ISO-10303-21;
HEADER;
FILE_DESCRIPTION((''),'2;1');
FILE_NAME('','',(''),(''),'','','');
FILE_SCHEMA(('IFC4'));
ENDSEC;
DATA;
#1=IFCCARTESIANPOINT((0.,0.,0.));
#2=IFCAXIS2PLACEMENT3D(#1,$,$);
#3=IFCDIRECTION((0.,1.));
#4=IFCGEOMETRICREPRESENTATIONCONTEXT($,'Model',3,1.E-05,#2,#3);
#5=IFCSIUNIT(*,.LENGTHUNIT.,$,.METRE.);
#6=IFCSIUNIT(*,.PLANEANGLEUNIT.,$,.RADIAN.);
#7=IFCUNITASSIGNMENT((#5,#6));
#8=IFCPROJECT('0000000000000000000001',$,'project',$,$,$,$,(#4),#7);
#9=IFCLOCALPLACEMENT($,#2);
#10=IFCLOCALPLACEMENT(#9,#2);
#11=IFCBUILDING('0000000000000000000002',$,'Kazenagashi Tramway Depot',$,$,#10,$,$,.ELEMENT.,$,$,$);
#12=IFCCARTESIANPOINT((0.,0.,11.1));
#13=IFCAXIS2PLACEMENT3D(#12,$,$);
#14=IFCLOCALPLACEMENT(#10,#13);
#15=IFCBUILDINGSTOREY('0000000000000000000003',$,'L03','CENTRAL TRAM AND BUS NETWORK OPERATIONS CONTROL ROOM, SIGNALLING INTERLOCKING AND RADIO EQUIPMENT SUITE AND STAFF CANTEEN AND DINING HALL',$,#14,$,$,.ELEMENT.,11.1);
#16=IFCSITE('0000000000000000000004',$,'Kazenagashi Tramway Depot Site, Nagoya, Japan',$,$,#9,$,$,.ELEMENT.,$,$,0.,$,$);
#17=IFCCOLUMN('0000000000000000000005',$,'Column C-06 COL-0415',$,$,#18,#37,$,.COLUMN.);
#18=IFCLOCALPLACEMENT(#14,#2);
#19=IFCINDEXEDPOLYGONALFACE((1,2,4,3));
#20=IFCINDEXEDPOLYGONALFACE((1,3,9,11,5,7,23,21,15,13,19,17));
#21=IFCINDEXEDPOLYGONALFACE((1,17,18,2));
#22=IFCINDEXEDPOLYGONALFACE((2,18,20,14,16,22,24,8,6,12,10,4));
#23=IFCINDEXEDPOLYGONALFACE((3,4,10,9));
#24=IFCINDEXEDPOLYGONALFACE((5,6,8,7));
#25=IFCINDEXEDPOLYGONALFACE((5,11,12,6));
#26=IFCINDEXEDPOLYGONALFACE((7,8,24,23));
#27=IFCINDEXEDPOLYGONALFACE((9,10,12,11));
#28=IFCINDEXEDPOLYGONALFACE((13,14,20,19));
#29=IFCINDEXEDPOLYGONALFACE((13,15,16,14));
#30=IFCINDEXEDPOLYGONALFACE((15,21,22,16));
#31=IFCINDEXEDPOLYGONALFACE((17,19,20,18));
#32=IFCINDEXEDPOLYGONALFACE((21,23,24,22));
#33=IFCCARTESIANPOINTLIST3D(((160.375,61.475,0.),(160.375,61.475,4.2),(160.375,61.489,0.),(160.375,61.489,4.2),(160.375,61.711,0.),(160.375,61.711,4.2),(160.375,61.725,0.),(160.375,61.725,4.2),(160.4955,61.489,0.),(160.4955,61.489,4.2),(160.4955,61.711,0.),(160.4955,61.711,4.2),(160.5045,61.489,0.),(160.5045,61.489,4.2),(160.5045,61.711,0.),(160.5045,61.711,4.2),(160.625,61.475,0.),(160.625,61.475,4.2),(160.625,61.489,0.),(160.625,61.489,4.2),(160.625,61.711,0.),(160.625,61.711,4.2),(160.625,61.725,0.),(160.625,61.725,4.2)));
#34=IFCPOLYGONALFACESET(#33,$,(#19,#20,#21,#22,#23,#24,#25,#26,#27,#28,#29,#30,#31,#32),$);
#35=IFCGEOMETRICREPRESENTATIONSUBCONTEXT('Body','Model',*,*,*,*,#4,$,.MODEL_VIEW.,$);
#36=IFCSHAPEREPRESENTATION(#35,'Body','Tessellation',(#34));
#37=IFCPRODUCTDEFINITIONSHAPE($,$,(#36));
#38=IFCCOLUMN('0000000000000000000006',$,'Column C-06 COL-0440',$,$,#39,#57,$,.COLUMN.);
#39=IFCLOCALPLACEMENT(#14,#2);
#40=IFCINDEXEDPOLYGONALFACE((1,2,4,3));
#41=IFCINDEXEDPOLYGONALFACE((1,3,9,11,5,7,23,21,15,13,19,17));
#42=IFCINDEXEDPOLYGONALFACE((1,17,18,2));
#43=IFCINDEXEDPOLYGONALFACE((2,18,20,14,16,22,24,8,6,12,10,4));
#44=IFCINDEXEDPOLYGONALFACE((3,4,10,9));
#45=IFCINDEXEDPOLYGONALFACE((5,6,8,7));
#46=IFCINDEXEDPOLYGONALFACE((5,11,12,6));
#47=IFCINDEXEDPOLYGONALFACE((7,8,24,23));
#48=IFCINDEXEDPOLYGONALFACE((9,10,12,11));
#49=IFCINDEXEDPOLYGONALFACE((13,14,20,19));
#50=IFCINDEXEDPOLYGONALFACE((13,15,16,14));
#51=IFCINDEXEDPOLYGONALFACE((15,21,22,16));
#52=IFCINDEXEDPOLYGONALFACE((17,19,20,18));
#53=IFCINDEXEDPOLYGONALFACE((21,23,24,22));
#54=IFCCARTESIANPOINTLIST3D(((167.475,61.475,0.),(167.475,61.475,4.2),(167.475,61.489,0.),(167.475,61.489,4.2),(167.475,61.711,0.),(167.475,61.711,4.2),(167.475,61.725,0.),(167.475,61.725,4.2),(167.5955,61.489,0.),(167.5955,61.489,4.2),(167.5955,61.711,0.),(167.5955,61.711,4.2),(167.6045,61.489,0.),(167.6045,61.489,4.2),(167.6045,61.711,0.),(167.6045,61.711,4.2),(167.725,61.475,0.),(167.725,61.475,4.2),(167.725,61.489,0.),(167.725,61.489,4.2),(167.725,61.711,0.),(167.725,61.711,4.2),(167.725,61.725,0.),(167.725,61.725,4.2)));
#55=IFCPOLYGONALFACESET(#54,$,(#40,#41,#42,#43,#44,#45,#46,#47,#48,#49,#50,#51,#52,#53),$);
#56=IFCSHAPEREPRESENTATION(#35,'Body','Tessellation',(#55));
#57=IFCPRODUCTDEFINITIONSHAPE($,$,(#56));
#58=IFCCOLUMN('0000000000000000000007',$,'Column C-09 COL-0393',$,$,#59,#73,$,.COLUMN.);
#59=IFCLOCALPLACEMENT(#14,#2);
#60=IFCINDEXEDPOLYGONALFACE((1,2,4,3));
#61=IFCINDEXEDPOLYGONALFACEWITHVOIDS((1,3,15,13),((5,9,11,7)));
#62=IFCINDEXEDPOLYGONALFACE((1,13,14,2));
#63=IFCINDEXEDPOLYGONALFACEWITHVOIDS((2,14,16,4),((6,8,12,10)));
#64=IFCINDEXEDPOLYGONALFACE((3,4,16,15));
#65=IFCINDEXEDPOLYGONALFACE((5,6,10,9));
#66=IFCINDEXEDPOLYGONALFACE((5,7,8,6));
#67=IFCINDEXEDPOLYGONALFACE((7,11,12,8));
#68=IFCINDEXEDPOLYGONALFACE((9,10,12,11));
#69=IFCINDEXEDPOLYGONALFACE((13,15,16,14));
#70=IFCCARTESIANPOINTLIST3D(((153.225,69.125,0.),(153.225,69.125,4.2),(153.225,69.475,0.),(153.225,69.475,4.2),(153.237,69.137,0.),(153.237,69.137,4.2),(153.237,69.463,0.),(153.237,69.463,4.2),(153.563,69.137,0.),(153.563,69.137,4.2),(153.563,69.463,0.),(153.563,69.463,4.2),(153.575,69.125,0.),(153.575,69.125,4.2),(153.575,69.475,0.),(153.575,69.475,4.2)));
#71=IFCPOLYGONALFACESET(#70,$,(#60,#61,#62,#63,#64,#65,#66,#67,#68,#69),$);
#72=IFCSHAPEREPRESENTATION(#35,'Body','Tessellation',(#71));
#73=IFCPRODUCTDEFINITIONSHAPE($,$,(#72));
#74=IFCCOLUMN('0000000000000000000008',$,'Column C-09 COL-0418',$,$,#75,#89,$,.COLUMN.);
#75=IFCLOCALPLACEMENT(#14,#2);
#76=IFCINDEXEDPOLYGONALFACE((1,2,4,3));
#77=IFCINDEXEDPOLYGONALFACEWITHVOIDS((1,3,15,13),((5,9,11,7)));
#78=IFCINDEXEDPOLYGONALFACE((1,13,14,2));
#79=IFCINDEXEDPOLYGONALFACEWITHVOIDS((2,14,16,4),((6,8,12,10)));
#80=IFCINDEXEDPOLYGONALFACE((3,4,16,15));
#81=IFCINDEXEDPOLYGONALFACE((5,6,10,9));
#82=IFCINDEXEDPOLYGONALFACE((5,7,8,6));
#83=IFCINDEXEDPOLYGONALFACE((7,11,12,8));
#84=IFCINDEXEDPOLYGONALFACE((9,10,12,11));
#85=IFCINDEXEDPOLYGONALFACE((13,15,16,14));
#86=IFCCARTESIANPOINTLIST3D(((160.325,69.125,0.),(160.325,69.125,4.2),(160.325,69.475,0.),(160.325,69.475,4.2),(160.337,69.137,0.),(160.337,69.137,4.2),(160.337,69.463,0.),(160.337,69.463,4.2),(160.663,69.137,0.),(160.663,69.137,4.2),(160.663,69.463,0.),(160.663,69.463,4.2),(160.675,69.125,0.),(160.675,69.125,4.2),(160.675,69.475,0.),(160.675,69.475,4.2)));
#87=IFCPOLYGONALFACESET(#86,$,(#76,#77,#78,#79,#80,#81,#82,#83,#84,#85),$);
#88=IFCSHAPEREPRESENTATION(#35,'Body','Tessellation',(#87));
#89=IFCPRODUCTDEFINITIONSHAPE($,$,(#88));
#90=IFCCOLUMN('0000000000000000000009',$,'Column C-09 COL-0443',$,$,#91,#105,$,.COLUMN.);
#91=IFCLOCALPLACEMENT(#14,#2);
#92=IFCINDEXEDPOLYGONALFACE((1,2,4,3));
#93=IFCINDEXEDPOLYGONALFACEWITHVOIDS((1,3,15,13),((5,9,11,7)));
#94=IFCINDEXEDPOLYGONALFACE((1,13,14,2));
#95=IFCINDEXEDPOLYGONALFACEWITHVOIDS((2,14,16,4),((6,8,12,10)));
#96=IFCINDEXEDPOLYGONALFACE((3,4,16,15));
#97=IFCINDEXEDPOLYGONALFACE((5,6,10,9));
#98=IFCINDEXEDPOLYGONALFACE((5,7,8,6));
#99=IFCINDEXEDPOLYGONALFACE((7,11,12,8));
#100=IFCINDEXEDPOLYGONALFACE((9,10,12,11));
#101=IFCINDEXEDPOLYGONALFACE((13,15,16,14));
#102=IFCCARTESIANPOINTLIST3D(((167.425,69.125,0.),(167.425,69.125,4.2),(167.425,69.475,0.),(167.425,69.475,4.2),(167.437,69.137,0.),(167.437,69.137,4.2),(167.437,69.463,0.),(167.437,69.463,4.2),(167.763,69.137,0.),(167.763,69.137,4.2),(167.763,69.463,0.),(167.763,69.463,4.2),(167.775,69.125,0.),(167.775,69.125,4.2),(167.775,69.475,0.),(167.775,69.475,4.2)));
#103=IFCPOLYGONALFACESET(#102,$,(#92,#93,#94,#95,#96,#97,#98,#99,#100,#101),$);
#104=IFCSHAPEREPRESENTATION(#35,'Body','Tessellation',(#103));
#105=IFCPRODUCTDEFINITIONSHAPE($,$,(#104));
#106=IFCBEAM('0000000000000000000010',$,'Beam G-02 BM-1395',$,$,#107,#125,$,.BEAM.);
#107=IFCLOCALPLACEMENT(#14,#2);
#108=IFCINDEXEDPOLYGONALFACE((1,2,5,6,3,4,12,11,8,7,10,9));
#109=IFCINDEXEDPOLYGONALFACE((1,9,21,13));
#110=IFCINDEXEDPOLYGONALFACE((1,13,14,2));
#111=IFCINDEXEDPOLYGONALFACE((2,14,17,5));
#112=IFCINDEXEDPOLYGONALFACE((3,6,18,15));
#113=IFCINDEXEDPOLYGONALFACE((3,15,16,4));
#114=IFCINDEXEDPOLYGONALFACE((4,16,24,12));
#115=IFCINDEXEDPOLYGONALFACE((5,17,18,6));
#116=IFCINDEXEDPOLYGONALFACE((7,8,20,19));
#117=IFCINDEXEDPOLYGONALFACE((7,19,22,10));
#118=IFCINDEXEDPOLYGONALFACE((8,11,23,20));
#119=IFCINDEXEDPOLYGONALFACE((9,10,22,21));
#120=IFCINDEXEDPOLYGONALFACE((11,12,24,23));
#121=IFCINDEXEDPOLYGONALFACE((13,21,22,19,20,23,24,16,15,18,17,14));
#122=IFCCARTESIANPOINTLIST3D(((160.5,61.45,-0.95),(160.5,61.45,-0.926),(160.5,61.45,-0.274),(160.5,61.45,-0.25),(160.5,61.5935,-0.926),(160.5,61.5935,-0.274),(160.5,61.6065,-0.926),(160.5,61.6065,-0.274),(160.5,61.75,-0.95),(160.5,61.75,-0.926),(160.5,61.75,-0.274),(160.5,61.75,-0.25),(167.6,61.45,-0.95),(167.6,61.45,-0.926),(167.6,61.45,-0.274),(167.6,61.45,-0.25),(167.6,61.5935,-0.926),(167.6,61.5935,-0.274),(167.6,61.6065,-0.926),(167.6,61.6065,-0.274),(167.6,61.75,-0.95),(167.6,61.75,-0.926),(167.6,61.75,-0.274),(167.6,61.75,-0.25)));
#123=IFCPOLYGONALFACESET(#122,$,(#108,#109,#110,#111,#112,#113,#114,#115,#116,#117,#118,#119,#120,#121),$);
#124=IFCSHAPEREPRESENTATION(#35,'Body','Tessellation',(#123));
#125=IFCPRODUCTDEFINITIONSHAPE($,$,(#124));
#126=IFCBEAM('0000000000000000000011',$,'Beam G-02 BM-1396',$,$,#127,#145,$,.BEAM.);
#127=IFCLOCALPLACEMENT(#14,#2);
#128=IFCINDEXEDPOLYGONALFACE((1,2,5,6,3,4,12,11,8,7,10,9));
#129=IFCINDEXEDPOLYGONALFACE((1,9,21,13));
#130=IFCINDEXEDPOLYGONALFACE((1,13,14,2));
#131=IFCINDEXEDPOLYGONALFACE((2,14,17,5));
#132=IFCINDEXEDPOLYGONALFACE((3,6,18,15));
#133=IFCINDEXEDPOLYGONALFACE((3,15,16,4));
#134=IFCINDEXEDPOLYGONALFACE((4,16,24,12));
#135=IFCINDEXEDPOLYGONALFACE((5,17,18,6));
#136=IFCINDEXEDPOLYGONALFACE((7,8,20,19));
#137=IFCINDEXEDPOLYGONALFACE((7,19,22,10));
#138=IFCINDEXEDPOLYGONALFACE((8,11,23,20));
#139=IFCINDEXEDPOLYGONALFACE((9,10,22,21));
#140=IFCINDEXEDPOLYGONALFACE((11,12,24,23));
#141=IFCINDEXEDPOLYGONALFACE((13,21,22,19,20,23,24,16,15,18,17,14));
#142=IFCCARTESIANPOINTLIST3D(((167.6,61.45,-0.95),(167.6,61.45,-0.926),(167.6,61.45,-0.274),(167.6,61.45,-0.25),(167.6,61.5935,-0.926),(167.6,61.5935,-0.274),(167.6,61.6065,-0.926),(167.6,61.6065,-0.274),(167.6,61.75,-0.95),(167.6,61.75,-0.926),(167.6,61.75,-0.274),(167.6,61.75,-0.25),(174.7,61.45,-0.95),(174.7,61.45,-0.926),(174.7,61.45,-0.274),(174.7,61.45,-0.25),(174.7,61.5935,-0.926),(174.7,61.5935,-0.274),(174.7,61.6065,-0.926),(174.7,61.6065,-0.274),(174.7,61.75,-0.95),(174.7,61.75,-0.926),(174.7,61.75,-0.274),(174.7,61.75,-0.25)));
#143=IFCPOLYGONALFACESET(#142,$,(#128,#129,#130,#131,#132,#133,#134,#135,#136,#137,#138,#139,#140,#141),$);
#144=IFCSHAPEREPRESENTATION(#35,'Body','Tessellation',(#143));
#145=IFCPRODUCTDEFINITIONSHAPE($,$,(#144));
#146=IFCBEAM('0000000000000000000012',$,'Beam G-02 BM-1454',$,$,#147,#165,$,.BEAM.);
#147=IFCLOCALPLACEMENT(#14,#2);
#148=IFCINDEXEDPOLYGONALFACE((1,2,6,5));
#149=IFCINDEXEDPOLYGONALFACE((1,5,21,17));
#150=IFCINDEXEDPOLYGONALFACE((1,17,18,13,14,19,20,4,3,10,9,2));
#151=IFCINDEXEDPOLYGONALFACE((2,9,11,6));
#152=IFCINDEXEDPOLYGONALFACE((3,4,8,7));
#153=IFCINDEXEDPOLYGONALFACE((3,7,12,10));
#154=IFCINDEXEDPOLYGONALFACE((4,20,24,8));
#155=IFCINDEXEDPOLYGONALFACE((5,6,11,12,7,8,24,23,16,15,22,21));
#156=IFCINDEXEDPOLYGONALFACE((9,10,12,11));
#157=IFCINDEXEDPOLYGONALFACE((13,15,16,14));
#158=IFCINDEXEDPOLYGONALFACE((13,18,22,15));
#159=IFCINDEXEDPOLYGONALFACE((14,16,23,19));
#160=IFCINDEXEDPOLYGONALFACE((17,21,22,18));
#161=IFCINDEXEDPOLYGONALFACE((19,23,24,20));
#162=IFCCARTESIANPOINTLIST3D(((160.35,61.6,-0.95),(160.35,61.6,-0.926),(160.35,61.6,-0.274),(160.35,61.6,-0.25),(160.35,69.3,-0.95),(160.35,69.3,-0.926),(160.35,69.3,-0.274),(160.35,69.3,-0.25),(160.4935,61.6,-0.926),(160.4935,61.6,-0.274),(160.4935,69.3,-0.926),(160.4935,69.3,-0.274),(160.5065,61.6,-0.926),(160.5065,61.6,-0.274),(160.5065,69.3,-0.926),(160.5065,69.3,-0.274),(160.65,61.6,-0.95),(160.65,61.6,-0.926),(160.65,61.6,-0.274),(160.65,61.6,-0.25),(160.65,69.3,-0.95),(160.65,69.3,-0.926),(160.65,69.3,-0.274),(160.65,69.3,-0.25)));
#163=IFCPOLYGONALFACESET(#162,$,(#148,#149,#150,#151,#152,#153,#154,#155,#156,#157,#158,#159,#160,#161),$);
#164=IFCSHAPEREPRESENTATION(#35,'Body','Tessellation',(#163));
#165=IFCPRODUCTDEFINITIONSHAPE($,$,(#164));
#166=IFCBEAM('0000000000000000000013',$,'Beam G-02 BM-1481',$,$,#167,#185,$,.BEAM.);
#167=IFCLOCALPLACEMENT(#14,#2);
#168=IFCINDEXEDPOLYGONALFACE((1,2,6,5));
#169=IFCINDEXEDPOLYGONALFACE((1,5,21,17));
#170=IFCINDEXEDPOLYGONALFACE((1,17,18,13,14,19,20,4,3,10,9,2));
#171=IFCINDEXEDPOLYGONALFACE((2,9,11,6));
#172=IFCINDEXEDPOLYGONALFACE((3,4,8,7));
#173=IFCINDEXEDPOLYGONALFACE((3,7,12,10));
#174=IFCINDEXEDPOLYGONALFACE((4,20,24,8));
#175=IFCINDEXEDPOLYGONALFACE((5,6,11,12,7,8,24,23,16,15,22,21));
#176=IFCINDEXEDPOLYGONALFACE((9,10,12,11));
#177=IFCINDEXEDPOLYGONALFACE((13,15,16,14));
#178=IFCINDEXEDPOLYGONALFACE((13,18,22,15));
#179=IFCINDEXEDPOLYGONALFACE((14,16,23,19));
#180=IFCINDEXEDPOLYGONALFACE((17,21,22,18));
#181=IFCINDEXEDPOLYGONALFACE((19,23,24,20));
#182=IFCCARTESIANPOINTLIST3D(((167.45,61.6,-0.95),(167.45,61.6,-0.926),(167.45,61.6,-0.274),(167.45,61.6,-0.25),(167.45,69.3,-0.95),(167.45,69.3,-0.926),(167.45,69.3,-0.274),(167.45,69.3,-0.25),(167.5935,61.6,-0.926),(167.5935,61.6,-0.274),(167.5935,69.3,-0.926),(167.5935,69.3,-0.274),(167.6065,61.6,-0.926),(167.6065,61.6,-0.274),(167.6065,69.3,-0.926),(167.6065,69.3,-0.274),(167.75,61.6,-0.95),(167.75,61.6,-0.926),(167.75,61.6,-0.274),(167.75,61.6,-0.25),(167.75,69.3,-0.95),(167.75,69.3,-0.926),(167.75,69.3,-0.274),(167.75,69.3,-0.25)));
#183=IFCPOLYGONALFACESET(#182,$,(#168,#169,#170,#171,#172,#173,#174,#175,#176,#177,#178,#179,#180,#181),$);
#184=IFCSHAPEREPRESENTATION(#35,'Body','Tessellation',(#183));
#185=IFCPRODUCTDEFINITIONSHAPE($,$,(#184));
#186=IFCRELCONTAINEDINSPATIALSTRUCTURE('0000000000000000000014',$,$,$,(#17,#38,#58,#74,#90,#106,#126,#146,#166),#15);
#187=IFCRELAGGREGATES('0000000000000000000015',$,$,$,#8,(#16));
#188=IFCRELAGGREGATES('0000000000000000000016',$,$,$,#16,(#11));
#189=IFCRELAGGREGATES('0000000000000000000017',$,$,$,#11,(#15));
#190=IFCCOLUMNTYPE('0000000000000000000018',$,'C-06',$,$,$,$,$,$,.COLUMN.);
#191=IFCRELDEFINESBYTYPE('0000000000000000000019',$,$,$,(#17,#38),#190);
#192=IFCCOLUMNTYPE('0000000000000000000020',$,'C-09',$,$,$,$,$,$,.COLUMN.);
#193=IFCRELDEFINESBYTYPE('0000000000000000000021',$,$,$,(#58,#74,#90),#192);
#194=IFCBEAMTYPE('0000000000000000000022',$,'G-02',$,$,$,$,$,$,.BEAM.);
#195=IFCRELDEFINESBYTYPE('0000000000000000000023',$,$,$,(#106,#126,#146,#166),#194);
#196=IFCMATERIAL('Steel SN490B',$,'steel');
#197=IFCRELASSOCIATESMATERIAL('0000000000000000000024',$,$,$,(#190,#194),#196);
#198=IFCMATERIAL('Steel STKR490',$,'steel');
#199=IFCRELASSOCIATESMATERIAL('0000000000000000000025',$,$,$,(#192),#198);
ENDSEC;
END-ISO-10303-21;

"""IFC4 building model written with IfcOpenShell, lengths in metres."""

from ifc_helpers import new_model, si_unit, direction, frame, origin, origin_2d, place, context, subcontext, project, spatial, hollow_rectangle, i_section, extrude, material, material_profile, profile_set, type_object, element, save


model = new_model("IFC4")

# Units and contexts
model_context = context("Model", 3, precision=1e-05, world=origin(), true_north=direction((0.0, 1.0)))
body_context = subcontext(model_context, "Body", "Model", "MODEL_VIEW")
ifc_project = project(units=[si_unit("LENGTHUNIT", "METRE"), si_unit("PLANEANGLEUNIT", "RADIAN")], contexts=[model_context])

# Site, building, storey
site_placement = place(None, origin())
site = spatial("IfcSite", under=ifc_project, at=site_placement, Name="Kazenagashi Tramway Depot Site, Nagoya, Japan", CompositionType="ELEMENT", RefElevation=0.0)
building_placement = place(site_placement, origin())
building = spatial("IfcBuilding", under=site, at=building_placement, Name="Kazenagashi Tramway Depot", CompositionType="ELEMENT")
storey_placement = place(building_placement, frame((0.0, 0.0, 11.1)))
storey = spatial("IfcBuildingStorey", under=building, at=storey_placement, Name="L03", Description="CENTRAL TRAM AND BUS NETWORK OPERATIONS CONTROL ROOM, SIGNALLING INTERLOCKING AND RADIO EQUIPMENT SUITE AND STAFF CANTEEN AND DINING HALL", CompositionType="ELEMENT", Elevation=11.1)

# Columns
ifc_material_1 = material(Name="Steel SN490B", Category="steel")
ifc_material_profile_1 = material_profile(ifc_material_1, i_section(OverallWidth=0.25, OverallDepth=0.25, WebThickness=0.009, FlangeThickness=0.014, at=origin_2d()), Name="H-250x250x9x14")
ifc_profile_set_1 = profile_set([ifc_material_profile_1], Name="Steel SN490B")
column_type_1 = type_object("IfcColumnType", Name="C-06", PredefinedType="COLUMN", material=ifc_profile_set_1)
for number, where, z_axis, x_axis, name in (
    (1, (160.5, 61.6, 0.0), (0.0, 0.0, 1.0), (1.0, 0.0, 0.0), "Column C-06 COL-0415"),
    (2, (167.6, 61.6, 0.0), (0.0, 0.0, 1.0), (1.0, 0.0, 0.0), "Column C-06 COL-0440"),
):
    element("IfcColumn", number, at=place(storey_placement, frame(where, z_axis=z_axis, x_axis=x_axis)), inside=storey, type_object=column_type_1, Name=name, PredefinedType="COLUMN", context=body_context, shape_type="SweptSolid", body=[
        extrude(i_section(OverallWidth=0.25, OverallDepth=0.25, WebThickness=0.009, FlangeThickness=0.014, at=origin_2d()), origin(), (0.0, 0.0, 1.0), 4.2),
    ])
ifc_material_2 = material(Name="Steel STKR490", Category="steel")
ifc_material_profile_2 = material_profile(ifc_material_2, hollow_rectangle(XDim=0.35, YDim=0.35, WallThickness=0.012, at=origin_2d()), Name="SHS-350x350x12")
ifc_profile_set_2 = profile_set([ifc_material_profile_2], Name="Steel STKR490")
column_type_2 = type_object("IfcColumnType", Name="C-09", PredefinedType="COLUMN", material=ifc_profile_set_2)
for number, where, z_axis, x_axis, name in (
    (3, (153.4, 69.3, 0.0), (0.0, 0.0, 1.0), (1.0, 0.0, 0.0), "Column C-09 COL-0393"),
    (4, (160.5, 69.3, 0.0), (0.0, 0.0, 1.0), (1.0, 0.0, 0.0), "Column C-09 COL-0418"),
    (5, (167.6, 69.3, 0.0), (0.0, 0.0, 1.0), (1.0, 0.0, 0.0), "Column C-09 COL-0443"),
):
    element("IfcColumn", number, at=place(storey_placement, frame(where, z_axis=z_axis, x_axis=x_axis)), inside=storey, type_object=column_type_2, Name=name, PredefinedType="COLUMN", context=body_context, shape_type="SweptSolid", body=[
        extrude(hollow_rectangle(XDim=0.35, YDim=0.35, WallThickness=0.012, at=origin_2d()), origin(), (0.0, 0.0, 1.0), 4.2),
    ])

# Beams
ifc_material_profile_3 = material_profile(ifc_material_1, i_section(OverallWidth=0.3, OverallDepth=0.7, WebThickness=0.013, FlangeThickness=0.024, at=origin_2d()), Name="H-700x300x13x24")
ifc_profile_set_3 = profile_set([ifc_material_profile_3], Name="Steel SN490B")
beam_type_1 = type_object("IfcBeamType", Name="G-02", PredefinedType="BEAM", material=ifc_profile_set_3)
for number, where, z_axis, x_axis, name in (
    (6, (160.5, 61.6, -0.6), (1.0, 0.0, 0.0), (0.0, 1.0, 0.0), "Beam G-02 BM-1395"),
    (7, (167.6, 61.6, -0.6), (1.0, 0.0, 0.0), (0.0, 1.0, 0.0), "Beam G-02 BM-1396"),
):
    element("IfcBeam", number, at=place(storey_placement, frame(where, z_axis=z_axis, x_axis=x_axis)), inside=storey, type_object=beam_type_1, Name=name, PredefinedType="BEAM", context=body_context, shape_type="SweptSolid", body=[
        extrude(i_section(OverallWidth=0.3, OverallDepth=0.7, WebThickness=0.013, FlangeThickness=0.024, at=origin_2d()), origin(), (0.0, 0.0, 1.0), 7.1),
    ])
for number, where, z_axis, x_axis, name in (
    (8, (160.5, 61.6, -0.6), (0.0, 1.0, 0.0), (-1.0, 0.0, 0.0), "Beam G-02 BM-1454"),
    (9, (167.6, 61.6, -0.6), (0.0, 1.0, 0.0), (-1.0, 0.0, 0.0), "Beam G-02 BM-1481"),
):
    element("IfcBeam", number, at=place(storey_placement, frame(where, z_axis=z_axis, x_axis=x_axis)), inside=storey, type_object=beam_type_1, Name=name, PredefinedType="BEAM", context=body_context, shape_type="SweptSolid", body=[
        extrude(i_section(OverallWidth=0.3, OverallDepth=0.7, WebThickness=0.013, FlangeThickness=0.024, at=origin_2d()), origin(), (0.0, 0.0, 1.0), 7.7),
    ])

save(model, "model.ifc")
